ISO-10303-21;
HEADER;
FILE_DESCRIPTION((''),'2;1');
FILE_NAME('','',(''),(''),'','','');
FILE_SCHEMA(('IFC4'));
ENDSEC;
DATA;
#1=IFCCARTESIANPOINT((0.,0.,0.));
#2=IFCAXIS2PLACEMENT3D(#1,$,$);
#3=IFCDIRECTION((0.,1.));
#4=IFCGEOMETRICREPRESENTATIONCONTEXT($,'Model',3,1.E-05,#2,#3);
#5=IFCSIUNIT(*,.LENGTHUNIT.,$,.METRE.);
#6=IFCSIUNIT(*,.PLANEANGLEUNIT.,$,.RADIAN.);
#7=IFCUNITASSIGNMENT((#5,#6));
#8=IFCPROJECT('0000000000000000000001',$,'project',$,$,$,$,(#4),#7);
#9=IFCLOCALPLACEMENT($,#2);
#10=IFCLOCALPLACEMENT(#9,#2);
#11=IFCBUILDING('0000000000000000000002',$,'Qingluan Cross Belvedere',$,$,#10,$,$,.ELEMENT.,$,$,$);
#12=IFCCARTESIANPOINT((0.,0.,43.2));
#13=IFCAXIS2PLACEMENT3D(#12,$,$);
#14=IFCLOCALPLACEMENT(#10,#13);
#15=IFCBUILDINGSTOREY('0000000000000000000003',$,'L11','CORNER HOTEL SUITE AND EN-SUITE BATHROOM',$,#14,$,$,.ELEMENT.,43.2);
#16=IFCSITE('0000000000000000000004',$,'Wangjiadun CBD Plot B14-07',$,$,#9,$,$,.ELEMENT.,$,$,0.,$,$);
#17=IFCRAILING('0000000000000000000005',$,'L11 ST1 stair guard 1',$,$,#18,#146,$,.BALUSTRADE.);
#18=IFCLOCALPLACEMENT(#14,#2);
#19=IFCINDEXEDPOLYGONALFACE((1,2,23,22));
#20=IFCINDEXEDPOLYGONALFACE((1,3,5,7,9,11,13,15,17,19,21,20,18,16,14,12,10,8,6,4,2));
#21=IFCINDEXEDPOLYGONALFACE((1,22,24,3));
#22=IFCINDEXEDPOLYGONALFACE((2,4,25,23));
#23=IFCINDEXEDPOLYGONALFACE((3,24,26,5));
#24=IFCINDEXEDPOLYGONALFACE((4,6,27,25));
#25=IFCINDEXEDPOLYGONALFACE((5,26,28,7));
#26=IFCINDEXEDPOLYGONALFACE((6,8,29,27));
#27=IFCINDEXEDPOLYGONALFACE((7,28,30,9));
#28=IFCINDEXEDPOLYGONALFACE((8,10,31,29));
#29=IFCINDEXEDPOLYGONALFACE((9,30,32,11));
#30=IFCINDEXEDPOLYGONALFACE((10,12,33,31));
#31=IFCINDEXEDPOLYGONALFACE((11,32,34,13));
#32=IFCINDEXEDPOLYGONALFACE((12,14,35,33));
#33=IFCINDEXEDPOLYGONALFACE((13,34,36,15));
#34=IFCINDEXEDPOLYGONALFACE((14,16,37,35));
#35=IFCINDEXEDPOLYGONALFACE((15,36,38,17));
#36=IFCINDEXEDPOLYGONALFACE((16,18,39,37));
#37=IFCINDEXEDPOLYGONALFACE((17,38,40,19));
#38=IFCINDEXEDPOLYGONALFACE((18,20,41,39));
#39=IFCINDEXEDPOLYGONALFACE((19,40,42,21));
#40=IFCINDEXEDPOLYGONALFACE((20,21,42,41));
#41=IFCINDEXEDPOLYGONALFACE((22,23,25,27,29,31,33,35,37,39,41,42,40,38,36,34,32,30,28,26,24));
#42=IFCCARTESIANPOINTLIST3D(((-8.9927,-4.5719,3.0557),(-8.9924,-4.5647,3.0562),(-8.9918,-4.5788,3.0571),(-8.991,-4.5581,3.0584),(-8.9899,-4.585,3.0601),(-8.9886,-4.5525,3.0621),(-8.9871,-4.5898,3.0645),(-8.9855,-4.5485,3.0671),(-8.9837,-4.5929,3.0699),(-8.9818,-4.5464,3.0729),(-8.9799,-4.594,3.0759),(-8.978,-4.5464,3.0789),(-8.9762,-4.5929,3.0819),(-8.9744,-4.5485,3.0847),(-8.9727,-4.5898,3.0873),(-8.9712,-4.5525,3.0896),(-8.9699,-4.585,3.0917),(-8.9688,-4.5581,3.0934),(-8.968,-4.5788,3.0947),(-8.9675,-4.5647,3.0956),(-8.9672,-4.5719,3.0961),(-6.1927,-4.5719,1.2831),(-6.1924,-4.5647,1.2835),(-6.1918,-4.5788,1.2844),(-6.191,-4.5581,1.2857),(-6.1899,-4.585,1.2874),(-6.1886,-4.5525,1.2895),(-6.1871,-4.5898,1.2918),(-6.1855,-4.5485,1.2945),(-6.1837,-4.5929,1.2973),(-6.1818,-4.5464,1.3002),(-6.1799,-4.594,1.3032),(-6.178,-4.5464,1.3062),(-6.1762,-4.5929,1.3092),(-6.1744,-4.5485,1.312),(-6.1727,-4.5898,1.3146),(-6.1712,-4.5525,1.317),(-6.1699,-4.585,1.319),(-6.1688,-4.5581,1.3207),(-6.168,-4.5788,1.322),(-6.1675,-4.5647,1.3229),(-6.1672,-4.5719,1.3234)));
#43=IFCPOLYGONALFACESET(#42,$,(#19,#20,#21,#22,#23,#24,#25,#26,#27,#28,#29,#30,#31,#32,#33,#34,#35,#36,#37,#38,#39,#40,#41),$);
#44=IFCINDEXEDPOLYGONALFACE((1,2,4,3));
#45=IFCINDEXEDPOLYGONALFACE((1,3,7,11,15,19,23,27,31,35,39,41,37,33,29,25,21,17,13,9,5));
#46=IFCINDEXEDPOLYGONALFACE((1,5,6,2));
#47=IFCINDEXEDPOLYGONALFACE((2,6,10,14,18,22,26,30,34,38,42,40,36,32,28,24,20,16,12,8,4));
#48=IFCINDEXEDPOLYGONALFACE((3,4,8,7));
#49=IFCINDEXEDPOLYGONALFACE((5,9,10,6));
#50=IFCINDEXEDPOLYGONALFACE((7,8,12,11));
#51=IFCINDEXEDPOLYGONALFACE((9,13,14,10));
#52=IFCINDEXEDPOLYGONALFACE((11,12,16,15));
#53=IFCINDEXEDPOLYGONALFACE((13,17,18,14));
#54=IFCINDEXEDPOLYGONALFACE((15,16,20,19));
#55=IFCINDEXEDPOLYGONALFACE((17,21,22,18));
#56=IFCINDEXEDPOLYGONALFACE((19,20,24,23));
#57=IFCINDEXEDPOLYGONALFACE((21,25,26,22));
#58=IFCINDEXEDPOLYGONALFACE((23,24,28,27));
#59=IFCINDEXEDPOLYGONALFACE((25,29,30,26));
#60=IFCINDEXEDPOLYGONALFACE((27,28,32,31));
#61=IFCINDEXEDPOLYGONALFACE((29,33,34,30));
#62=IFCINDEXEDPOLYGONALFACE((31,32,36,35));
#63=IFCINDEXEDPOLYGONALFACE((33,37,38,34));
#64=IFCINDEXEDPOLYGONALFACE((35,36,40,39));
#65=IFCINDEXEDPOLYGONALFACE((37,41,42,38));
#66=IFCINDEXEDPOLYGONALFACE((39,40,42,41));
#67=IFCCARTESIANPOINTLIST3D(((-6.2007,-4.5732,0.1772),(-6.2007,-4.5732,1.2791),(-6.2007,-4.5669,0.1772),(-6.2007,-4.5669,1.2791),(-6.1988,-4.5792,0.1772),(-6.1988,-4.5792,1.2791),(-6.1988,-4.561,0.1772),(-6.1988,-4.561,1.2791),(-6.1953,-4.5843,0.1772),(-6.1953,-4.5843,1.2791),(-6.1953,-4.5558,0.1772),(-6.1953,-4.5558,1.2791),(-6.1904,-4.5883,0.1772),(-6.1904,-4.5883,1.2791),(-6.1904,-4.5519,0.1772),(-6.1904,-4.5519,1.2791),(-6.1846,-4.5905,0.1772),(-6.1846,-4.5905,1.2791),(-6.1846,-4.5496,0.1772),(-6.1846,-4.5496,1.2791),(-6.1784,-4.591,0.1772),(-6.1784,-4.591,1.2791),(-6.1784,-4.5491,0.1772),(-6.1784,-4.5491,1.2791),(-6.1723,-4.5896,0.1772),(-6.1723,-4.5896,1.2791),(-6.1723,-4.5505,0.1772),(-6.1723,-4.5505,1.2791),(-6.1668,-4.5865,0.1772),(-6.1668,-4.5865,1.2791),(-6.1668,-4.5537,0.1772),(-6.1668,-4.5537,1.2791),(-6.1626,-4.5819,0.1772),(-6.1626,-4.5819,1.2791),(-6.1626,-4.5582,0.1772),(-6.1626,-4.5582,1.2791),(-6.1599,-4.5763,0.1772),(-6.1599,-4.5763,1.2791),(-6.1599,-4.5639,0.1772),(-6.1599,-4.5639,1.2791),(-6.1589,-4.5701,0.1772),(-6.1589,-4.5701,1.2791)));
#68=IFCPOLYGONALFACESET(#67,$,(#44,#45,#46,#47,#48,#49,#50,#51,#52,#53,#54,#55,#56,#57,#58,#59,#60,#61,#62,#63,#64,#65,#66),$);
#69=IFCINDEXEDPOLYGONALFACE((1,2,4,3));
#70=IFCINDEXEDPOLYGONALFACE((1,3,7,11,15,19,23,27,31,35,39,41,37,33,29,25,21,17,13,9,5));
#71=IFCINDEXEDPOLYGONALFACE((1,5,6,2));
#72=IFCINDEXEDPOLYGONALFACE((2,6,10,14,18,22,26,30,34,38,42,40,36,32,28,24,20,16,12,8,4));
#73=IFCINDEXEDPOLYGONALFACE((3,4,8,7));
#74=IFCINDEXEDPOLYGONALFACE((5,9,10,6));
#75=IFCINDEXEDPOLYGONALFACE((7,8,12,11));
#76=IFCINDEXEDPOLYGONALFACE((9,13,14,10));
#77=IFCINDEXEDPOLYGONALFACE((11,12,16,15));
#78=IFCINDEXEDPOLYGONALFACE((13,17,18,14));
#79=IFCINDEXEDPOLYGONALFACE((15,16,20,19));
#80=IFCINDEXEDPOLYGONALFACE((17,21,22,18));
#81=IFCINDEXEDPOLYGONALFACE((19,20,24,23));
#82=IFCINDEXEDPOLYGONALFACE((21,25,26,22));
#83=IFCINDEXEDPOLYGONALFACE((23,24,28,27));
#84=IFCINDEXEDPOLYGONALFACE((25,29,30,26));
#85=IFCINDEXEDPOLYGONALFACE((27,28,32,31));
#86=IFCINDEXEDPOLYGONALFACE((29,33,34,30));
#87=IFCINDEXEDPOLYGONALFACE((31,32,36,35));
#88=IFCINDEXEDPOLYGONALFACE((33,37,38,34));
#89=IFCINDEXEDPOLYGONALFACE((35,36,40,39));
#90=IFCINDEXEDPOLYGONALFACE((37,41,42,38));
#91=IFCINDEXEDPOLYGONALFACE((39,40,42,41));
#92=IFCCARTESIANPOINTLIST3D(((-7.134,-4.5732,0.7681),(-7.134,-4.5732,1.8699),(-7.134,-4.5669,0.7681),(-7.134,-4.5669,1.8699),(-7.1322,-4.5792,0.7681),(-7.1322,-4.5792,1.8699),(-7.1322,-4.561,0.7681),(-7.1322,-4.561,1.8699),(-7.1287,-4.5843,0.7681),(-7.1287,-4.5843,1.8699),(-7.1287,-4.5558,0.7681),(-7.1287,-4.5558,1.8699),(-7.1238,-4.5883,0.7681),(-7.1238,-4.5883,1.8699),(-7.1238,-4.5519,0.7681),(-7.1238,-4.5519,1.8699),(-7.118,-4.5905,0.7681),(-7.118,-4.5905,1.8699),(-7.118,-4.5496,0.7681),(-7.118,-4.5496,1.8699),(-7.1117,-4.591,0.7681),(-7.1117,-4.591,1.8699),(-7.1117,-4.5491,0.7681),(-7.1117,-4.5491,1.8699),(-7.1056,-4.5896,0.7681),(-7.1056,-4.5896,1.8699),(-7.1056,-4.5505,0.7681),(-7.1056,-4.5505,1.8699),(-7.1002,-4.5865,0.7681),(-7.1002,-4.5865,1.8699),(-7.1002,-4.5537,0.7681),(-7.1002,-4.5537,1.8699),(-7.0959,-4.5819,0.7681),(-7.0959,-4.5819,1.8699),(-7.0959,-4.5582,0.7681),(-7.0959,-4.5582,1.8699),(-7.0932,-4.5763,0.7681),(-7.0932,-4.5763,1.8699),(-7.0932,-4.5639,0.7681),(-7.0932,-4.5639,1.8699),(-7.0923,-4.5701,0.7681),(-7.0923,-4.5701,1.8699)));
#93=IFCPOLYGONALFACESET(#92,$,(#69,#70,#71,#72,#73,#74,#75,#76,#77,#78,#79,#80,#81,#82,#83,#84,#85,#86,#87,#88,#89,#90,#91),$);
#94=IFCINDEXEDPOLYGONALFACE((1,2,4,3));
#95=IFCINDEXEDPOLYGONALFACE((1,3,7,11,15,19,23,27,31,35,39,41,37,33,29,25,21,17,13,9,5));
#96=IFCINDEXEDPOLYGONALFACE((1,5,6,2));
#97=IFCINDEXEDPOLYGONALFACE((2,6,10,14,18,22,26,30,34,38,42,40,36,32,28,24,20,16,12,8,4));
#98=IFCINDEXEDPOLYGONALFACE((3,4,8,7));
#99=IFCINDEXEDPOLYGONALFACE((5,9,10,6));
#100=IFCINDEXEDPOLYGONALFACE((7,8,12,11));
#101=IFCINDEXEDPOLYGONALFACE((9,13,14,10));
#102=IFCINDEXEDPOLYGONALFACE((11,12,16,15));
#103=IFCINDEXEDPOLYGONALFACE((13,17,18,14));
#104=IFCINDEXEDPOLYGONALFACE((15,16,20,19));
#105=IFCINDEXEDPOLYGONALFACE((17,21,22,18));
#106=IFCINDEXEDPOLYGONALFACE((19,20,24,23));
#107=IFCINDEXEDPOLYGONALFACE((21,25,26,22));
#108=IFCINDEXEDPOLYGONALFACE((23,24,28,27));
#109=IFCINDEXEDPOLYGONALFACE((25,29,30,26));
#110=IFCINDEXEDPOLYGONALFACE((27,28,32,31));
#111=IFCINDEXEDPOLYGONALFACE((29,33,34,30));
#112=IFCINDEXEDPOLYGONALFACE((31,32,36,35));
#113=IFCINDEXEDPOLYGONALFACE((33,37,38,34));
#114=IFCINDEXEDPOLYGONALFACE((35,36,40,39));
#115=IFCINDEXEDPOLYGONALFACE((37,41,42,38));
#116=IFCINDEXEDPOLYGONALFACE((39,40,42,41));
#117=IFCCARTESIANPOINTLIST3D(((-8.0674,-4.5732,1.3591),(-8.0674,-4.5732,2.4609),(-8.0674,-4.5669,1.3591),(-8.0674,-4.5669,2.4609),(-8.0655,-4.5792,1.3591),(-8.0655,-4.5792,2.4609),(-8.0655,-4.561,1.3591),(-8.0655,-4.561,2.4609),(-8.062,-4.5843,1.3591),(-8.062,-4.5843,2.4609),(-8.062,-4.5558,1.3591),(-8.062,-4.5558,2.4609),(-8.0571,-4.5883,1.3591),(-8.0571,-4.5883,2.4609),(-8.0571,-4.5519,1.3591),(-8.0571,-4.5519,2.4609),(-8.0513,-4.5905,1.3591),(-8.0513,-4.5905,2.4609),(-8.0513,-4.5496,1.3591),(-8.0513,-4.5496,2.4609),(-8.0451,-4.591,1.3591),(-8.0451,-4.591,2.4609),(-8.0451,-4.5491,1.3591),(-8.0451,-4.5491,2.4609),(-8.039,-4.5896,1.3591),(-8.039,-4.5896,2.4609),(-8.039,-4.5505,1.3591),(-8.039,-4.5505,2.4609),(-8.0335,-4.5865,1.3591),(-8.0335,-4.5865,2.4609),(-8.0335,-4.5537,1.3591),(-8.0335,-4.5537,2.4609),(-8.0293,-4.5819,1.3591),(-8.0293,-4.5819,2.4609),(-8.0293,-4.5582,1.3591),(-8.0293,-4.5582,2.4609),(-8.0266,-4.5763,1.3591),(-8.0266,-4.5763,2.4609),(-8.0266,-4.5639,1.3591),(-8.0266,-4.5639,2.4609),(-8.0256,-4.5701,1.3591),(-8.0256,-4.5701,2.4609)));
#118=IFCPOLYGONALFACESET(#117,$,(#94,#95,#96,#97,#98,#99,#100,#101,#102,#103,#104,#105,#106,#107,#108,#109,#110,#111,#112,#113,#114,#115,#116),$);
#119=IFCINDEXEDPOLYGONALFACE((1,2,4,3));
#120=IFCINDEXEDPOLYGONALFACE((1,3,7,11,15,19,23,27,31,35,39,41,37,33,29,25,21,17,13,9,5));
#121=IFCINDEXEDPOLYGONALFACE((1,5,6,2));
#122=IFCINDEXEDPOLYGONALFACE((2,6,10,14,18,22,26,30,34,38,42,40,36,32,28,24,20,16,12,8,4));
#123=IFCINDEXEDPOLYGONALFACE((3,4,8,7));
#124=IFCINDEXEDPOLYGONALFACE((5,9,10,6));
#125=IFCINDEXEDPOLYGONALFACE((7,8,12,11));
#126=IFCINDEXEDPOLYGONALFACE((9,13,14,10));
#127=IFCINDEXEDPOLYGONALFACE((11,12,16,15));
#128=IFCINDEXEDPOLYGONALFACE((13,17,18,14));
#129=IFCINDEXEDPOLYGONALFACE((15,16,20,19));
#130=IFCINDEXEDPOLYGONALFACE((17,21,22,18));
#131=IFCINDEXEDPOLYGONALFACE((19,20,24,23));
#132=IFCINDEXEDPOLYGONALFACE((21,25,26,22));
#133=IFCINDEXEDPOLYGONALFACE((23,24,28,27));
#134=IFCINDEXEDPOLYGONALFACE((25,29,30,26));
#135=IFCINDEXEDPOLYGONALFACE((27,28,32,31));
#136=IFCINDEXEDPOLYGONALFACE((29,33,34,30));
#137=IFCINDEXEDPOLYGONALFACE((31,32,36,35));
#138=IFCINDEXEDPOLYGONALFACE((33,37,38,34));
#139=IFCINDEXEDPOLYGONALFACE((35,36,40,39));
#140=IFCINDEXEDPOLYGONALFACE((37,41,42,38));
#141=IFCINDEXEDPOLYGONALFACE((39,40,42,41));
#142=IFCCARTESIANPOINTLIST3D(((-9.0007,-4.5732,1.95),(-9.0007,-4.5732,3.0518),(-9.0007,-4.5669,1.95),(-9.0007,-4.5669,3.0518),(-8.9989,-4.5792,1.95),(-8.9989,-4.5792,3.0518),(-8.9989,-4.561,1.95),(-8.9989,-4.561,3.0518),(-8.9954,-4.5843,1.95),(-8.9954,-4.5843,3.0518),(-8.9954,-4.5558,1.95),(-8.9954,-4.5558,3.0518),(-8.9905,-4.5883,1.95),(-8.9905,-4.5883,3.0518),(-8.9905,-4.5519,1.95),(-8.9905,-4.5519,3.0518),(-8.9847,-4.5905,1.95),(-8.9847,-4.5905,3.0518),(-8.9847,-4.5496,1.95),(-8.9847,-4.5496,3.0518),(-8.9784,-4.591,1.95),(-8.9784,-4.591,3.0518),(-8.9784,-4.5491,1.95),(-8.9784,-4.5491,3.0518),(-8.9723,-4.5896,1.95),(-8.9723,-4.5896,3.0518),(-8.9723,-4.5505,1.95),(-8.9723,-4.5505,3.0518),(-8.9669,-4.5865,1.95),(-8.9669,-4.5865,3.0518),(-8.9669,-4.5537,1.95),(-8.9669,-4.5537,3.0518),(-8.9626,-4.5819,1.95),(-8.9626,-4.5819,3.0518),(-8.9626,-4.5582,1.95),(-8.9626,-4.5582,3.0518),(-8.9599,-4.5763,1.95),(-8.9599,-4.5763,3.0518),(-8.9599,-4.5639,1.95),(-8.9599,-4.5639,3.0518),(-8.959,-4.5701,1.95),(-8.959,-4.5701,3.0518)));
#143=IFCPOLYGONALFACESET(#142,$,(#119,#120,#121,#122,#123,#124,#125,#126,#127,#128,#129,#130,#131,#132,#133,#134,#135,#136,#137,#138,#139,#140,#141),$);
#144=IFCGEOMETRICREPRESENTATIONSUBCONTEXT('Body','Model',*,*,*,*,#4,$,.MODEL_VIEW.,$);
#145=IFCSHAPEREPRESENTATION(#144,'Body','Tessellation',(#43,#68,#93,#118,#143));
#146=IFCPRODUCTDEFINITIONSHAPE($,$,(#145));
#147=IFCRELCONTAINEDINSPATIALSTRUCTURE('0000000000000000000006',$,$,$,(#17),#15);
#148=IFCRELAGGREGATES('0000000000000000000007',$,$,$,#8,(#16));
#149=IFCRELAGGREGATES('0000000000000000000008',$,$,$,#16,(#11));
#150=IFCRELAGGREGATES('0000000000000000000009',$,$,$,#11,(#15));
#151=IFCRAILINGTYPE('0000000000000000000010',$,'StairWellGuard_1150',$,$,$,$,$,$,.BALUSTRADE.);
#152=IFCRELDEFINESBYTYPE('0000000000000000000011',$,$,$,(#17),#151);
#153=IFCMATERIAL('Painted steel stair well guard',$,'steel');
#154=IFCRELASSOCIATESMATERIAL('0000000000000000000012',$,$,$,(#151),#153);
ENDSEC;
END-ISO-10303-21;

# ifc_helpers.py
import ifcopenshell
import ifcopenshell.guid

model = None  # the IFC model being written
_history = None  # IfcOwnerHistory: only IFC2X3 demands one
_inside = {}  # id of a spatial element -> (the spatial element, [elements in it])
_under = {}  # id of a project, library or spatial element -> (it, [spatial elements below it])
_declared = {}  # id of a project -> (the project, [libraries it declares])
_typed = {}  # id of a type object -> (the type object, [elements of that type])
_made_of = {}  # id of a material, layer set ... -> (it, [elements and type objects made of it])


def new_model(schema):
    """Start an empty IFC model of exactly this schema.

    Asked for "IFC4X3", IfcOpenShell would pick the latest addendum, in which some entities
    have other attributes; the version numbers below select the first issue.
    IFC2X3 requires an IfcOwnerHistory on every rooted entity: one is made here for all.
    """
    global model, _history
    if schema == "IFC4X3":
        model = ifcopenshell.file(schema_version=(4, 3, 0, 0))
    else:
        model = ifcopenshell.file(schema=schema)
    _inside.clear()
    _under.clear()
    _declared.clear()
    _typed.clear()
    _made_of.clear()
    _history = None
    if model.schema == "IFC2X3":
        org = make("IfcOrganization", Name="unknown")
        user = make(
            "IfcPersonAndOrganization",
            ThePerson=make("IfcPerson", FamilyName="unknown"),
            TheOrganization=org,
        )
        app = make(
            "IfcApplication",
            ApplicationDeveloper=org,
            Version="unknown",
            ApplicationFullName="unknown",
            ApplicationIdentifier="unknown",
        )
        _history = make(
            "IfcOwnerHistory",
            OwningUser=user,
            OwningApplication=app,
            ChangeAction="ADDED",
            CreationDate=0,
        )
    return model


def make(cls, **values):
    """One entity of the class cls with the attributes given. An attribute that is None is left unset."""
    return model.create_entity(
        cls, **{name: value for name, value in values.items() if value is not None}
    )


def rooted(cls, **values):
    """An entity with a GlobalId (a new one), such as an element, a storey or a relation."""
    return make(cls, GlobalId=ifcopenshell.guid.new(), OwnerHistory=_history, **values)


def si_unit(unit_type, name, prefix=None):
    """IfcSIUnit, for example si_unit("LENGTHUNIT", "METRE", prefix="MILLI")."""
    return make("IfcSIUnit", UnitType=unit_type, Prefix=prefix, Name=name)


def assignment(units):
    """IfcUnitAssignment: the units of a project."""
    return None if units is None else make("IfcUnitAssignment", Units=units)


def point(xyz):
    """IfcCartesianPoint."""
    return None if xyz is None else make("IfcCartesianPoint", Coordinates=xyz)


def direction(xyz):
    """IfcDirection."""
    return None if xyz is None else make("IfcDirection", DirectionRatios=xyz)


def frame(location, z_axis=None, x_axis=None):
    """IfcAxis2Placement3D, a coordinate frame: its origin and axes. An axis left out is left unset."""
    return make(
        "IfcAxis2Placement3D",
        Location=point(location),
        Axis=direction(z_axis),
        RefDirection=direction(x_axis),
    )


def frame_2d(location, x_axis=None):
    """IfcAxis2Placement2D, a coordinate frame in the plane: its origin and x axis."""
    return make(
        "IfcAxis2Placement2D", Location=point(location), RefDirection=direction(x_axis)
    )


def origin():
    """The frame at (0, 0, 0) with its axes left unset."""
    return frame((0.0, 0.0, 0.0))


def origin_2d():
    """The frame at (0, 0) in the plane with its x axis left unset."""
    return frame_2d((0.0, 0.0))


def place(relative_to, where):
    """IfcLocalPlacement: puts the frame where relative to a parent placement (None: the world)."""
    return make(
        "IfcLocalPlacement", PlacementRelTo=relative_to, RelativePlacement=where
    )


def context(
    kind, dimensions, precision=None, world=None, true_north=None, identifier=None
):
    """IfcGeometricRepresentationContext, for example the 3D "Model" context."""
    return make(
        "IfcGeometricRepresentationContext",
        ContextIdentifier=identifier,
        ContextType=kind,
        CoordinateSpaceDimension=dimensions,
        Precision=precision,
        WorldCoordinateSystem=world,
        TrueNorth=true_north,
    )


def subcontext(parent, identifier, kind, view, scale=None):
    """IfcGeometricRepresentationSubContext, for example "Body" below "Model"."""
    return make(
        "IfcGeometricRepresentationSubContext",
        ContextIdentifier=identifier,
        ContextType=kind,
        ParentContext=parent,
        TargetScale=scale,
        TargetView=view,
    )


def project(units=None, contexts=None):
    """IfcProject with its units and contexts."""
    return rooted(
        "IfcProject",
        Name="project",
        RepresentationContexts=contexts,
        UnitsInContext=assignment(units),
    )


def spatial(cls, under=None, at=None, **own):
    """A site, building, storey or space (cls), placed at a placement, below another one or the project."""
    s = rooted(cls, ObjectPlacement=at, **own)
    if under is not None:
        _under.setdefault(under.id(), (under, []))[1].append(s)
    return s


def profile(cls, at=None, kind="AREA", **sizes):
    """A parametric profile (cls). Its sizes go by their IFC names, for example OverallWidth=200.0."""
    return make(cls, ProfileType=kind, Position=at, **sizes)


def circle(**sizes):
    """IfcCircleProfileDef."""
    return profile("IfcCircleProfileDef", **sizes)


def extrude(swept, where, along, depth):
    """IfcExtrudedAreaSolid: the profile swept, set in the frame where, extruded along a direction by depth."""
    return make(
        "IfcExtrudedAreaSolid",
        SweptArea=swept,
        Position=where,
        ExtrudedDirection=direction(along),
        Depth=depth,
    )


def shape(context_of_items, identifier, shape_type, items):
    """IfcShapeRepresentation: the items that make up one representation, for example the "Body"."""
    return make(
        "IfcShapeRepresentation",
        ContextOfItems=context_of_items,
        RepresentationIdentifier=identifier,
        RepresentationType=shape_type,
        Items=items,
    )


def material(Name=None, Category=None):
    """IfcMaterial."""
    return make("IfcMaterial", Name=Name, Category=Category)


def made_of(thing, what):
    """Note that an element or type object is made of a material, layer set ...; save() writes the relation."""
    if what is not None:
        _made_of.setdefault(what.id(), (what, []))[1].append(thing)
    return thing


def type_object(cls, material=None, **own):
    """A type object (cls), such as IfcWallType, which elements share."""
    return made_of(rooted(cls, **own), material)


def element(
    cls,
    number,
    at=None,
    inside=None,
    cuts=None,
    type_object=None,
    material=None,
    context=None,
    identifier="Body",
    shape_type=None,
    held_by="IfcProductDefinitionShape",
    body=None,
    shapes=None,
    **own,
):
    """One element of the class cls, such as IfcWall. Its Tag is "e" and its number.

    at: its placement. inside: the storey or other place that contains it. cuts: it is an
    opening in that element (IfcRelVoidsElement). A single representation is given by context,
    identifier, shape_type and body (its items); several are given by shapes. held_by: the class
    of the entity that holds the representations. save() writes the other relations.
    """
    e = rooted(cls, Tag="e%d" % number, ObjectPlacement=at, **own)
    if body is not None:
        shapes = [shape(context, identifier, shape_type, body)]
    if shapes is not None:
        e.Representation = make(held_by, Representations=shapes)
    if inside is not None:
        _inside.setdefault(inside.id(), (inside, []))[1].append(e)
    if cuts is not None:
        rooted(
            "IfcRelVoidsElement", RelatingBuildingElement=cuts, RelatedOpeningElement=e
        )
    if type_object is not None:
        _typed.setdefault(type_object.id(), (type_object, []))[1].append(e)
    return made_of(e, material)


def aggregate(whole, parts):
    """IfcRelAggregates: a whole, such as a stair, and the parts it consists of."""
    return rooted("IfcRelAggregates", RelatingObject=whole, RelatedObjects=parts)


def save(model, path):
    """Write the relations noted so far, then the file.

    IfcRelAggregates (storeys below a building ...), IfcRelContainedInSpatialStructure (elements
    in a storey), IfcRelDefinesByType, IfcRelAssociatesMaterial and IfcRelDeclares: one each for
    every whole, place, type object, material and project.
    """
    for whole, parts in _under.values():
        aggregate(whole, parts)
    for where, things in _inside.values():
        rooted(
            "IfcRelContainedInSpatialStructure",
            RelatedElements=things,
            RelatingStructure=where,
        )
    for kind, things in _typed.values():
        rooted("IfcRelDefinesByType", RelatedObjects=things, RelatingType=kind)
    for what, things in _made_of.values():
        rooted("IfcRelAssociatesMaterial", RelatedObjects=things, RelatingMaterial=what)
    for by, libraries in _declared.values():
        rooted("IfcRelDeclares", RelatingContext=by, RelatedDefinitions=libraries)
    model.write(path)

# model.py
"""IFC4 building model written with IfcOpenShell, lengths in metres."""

from ifc_helpers import new_model, si_unit, direction, frame, origin, origin_2d, place, context, subcontext, project, spatial, circle, extrude, material, type_object, element, save


model = new_model("IFC4")

# Units and contexts
model_context = context("Model", 3, precision=1e-05, world=origin(), true_north=direction((0.0, 1.0)))
body_context = subcontext(model_context, "Body", "Model", "MODEL_VIEW")
ifc_project = project(units=[si_unit("LENGTHUNIT", "METRE"), si_unit("PLANEANGLEUNIT", "RADIAN")], contexts=[model_context])

# Site, building, storey
site_placement = place(None, origin())
site = spatial("IfcSite", under=ifc_project, at=site_placement, Name="Wangjiadun CBD Plot B14-07", CompositionType="ELEMENT", RefElevation=0.0)
building_placement = place(site_placement, origin())
building = spatial("IfcBuilding", under=site, at=building_placement, Name="Qingluan Cross Belvedere", CompositionType="ELEMENT")
storey_placement = place(building_placement, frame((0.0, 0.0, 43.2)))
storey = spatial("IfcBuildingStorey", under=building, at=storey_placement, Name="L11", Description="CORNER HOTEL SUITE AND EN-SUITE BATHROOM", CompositionType="ELEMENT", Elevation=43.2)

# Railing
ifc_material_1 = material(Name="Painted steel stair well guard", Category="steel")
railing_type_1 = type_object("IfcRailingType", Name="StairWellGuard_1150", PredefinedType="BALUSTRADE", material=ifc_material_1)
railing_1_placement = place(storey_placement, frame((-6.1799, -4.5701, 0.1772)))
element("IfcRailing", 1, at=railing_1_placement, inside=storey, type_object=railing_type_1, Name="L11 ST1 stair guard 1", PredefinedType="BALUSTRADE", context=body_context, shape_type="SweptSolid", body=[
    extrude(circle(Radius=0.0239, at=origin_2d()), frame((0.0, 0.0, 1.126), z_axis=(-0.844909, 0.0, 0.53491), x_axis=(0.0, -1.0, 0.0)), (0.0, 0.0, 1.0), 3.314),
    extrude(circle(Radius=0.021, at=origin_2d()), origin(), (0.0, 0.0, 1.0), 1.1018),
    extrude(circle(Radius=0.021, at=origin_2d()), frame((-0.9333, 0.0, 0.5908)), (0.0, 0.0, 1.0), 1.1018),
    extrude(circle(Radius=0.021, at=origin_2d()), frame((-1.8667, 0.0, 1.1819)), (0.0, 0.0, 1.0), 1.1018),
    extrude(circle(Radius=0.021, at=origin_2d()), frame((-2.8, 0.0, 1.7727)), (0.0, 0.0, 1.0), 1.1018),
])

save(model, "model.ifc")
